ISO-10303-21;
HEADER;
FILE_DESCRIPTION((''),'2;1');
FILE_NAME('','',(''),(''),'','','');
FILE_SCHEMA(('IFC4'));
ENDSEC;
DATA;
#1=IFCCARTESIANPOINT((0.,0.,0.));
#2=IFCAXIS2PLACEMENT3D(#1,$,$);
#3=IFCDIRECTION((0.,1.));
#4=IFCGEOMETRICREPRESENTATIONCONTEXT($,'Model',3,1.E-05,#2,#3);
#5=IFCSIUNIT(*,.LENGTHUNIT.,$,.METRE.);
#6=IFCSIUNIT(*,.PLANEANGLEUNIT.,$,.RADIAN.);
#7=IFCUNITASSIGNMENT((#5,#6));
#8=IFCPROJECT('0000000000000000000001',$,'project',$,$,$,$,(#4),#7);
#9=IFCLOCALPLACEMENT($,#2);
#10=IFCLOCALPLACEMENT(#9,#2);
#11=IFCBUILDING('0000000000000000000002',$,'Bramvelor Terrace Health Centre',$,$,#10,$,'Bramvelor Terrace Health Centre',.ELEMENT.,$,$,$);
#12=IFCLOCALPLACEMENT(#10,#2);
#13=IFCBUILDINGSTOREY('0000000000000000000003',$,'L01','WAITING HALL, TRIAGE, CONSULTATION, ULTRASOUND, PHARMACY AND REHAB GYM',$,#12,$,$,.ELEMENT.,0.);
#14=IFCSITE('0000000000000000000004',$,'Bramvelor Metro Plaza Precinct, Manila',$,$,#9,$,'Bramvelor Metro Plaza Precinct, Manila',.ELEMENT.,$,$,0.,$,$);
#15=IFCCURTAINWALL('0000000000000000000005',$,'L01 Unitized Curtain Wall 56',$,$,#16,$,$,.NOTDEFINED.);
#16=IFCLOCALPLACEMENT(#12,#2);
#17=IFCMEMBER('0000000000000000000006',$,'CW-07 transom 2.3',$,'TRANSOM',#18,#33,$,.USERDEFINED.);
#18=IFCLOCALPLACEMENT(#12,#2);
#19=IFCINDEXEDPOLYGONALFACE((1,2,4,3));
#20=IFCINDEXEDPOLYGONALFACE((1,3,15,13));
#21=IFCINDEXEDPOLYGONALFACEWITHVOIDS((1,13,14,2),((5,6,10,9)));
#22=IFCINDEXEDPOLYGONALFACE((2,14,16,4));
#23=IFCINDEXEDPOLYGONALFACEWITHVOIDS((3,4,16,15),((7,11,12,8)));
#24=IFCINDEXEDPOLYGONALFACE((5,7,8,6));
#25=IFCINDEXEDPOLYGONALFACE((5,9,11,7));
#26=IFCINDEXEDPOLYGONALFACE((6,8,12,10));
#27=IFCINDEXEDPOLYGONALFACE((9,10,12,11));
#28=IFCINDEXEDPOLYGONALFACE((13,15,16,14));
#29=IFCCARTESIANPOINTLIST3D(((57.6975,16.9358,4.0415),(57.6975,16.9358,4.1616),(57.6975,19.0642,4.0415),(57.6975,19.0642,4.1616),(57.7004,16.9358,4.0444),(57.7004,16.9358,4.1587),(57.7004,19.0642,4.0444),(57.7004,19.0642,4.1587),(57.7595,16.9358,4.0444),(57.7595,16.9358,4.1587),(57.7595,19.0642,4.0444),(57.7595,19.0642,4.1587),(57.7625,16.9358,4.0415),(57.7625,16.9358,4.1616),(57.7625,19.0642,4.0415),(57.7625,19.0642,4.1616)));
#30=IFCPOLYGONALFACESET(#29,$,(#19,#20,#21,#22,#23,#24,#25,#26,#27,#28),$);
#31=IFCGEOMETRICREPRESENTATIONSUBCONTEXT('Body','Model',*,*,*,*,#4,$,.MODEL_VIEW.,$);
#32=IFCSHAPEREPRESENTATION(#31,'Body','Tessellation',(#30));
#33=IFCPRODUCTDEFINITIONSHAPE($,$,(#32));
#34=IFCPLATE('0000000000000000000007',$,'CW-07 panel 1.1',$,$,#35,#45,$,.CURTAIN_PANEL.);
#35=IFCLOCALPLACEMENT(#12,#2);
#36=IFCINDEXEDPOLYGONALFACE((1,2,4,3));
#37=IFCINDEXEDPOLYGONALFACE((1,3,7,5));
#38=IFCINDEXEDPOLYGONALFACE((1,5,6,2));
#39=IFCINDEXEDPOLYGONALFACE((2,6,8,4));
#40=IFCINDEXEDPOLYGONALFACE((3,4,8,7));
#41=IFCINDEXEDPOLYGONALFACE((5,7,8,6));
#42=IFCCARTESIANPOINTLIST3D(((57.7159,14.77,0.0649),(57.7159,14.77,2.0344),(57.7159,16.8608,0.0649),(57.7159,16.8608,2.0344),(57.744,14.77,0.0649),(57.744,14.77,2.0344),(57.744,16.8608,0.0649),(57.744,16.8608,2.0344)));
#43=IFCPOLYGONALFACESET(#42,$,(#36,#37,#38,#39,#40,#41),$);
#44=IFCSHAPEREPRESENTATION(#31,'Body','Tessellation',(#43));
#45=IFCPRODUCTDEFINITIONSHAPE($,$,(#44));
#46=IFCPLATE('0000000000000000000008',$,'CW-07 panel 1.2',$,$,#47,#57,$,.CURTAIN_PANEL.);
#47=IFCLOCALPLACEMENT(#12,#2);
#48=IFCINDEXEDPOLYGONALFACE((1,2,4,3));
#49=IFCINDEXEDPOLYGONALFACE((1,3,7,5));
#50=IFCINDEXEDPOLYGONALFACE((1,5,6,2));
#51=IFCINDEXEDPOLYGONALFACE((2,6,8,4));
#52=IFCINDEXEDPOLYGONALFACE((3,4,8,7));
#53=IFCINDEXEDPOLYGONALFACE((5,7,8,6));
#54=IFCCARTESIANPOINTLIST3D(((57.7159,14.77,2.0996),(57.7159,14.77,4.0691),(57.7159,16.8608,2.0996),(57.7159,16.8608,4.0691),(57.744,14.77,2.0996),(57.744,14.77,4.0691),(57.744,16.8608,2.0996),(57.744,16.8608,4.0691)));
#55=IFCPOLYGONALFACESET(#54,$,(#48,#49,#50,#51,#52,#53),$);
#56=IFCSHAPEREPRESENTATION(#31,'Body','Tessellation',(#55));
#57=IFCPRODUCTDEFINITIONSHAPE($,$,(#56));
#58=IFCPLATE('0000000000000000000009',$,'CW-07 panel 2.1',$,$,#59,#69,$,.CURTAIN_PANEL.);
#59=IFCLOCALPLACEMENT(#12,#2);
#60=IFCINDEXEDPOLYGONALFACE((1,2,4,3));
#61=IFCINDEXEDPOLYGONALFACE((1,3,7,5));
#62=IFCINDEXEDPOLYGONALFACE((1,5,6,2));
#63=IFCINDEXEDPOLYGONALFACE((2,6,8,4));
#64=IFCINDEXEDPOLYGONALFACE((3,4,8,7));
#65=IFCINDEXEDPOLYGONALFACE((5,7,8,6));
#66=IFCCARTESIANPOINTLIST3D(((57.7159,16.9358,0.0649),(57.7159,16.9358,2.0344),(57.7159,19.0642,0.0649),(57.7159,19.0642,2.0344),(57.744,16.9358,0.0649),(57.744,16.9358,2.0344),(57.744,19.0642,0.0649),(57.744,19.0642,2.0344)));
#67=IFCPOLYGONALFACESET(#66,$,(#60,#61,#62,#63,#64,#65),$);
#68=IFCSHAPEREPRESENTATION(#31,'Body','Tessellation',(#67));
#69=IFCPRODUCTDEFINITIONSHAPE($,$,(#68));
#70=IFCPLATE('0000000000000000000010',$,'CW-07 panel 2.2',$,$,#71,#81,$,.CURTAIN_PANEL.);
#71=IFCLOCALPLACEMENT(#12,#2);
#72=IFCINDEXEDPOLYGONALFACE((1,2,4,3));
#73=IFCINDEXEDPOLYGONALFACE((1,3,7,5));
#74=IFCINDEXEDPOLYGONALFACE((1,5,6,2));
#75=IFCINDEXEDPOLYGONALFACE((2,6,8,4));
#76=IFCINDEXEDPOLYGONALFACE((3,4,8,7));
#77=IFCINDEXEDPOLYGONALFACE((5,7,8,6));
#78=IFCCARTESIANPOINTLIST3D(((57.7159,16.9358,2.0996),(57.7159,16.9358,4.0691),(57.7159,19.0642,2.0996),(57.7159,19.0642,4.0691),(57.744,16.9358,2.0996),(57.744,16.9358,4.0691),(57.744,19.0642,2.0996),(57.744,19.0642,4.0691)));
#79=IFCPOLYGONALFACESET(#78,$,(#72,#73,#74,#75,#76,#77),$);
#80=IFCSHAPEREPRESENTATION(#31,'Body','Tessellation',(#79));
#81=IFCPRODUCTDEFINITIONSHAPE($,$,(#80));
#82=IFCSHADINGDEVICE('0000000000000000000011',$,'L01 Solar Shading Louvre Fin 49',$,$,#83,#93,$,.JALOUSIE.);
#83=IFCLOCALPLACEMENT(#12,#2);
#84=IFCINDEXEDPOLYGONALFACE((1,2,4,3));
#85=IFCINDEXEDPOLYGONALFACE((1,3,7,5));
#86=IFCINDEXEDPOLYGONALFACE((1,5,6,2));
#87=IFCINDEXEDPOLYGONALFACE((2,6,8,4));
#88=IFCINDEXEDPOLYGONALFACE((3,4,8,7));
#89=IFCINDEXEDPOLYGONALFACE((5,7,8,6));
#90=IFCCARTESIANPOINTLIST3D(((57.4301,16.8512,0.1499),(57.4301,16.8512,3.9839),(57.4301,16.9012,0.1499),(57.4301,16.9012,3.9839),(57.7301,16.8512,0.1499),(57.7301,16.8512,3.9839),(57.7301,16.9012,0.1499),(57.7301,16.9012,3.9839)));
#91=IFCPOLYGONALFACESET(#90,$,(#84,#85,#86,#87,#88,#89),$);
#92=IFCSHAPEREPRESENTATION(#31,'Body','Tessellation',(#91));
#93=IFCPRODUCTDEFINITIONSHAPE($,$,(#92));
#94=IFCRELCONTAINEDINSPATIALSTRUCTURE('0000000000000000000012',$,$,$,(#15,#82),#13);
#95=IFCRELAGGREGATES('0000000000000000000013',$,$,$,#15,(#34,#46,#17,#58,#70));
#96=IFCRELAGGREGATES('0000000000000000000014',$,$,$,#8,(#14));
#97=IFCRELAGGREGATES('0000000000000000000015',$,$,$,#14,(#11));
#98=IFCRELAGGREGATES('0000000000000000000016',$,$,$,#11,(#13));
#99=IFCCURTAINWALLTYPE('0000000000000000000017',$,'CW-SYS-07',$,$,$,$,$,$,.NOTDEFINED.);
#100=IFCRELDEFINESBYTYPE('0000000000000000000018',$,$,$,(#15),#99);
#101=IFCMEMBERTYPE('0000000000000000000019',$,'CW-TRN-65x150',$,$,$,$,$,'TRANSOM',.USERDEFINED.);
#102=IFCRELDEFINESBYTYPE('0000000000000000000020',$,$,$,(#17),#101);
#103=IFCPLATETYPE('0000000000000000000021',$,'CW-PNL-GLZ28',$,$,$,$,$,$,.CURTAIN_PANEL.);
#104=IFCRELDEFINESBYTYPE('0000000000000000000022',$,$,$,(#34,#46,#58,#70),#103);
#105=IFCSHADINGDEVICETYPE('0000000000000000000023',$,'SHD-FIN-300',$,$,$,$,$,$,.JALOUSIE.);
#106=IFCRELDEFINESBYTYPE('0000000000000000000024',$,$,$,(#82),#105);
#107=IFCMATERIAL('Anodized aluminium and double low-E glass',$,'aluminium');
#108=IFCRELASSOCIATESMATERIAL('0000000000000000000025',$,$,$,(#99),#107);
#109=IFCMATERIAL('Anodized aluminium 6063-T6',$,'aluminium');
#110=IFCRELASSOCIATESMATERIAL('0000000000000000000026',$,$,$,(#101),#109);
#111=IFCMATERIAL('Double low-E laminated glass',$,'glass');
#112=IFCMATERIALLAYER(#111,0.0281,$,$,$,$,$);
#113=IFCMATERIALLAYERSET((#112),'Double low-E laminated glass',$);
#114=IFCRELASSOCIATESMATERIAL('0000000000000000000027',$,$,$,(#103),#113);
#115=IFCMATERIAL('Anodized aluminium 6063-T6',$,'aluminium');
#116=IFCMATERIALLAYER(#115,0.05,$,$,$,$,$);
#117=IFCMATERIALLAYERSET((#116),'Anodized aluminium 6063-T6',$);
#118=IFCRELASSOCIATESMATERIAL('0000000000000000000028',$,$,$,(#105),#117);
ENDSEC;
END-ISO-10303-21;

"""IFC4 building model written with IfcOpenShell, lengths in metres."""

from ifc_helpers import new_model, si_unit, direction, frame, origin, origin_2d, place, context, subcontext, project, spatial, rectangle, hollow_rectangle, extrude, material, layer, layer_set, material_profile, profile_set, type_object, element, aggregate, save


model = new_model("IFC4")

# Units and contexts
model_context = context("Model", 3, precision=1e-05, world=origin(), true_north=direction((0.0, 1.0)))
body_context = subcontext(model_context, "Body", "Model", "MODEL_VIEW")
ifc_project = project(units=[si_unit("LENGTHUNIT", "METRE"), si_unit("PLANEANGLEUNIT", "RADIAN")], contexts=[model_context])

# Site, building, storey
site_placement = place(None, origin())
site = spatial("IfcSite", under=ifc_project, at=site_placement, Name="Bramvelor Metro Plaza Precinct, Manila", LongName="Bramvelor Metro Plaza Precinct, Manila", CompositionType="ELEMENT", RefElevation=0.0)
building_placement = place(site_placement, origin())
building = spatial("IfcBuilding", under=site, at=building_placement, Name="Bramvelor Terrace Health Centre", LongName="Bramvelor Terrace Health Centre", CompositionType="ELEMENT")
storey_placement = place(building_placement, origin())
storey = spatial("IfcBuildingStorey", under=building, at=storey_placement, Name="L01", Description="WAITING HALL, TRIAGE, CONSULTATION, ULTRASOUND, PHARMACY AND REHAB GYM", CompositionType="ELEMENT", Elevation=0.0)

# Curtain wall, member, plates
ifc_material_1 = material(Name="Anodized aluminium and double low-E glass", Category="aluminium")
curtain_wall_type = type_object("IfcCurtainWallType", Name="CW-SYS-07", PredefinedType="NOTDEFINED", material=ifc_material_1)
curtain_wall_placement = place(storey_placement, origin())
curtain_wall = element("IfcCurtainWall", 1, at=curtain_wall_placement, inside=storey, type_object=curtain_wall_type, Name="L01 Unitized Curtain Wall 56", PredefinedType="NOTDEFINED")
ifc_material_2 = material(Name="Anodized aluminium 6063-T6", Category="aluminium")
ifc_material_profile_1 = material_profile(ifc_material_2, hollow_rectangle(XDim=0.0649, YDim=0.1201, WallThickness=0.0029, at=origin_2d()), Name="ALU-TRN 65x120x3.0")
ifc_profile_set_1 = profile_set([ifc_material_profile_1], Name="Anodized aluminium 6063-T6")
member_type_1 = type_object("IfcMemberType", Name="CW-TRN-65x150", ElementType="TRANSOM", PredefinedType="USERDEFINED", material=ifc_profile_set_1)
member_1_placement = place(storey_placement, frame((57.73, 16.9358, 4.1016), z_axis=(0.0, 1.0, 0.0), x_axis=(-1.0, 0.0, 0.0)))
member_1 = element("IfcMember", 2, at=member_1_placement, type_object=member_type_1, Name="CW-07 transom 2.3", ObjectType="TRANSOM", PredefinedType="USERDEFINED", context=body_context, shape_type="SweptSolid", body=[
    extrude(hollow_rectangle(XDim=0.0649, YDim=0.1201, WallThickness=0.0029, at=origin_2d()), origin(), (0.0, 0.0, 1.0), 2.1284),
])
ifc_material_3 = material(Name="Double low-E laminated glass", Category="glass")
ifc_layer_1 = layer(ifc_material_3, 0.0281)
ifc_layer_set_1 = layer_set([ifc_layer_1], Name="Double low-E laminated glass")
plate_type = type_object("IfcPlateType", Name="CW-PNL-GLZ28", PredefinedType="CURTAIN_PANEL", material=ifc_layer_set_1)
plate_1_placement = place(storey_placement, frame((57.73, 15.8154, 0.0649), z_axis=(0.0, 0.0, 1.0), x_axis=(0.0, 1.0, 0.0)))
plate_1 = element("IfcPlate", 3, at=plate_1_placement, type_object=plate_type, Name="CW-07 panel 1.1", PredefinedType="CURTAIN_PANEL", context=body_context, shape_type="SweptSolid", body=[
    extrude(rectangle(XDim=2.0908, YDim=0.0281, at=origin_2d()), origin(), (0.0, 0.0, 1.0), 1.9695),
])
plate_2_placement = place(storey_placement, frame((57.73, 15.8154, 2.0996), z_axis=(0.0, 0.0, 1.0), x_axis=(0.0, 1.0, 0.0)))
plate_2 = element("IfcPlate", 4, at=plate_2_placement, type_object=plate_type, Name="CW-07 panel 1.2", PredefinedType="CURTAIN_PANEL", context=body_context, shape_type="SweptSolid", body=[
    extrude(rectangle(XDim=2.0908, YDim=0.0281, at=origin_2d()), origin(), (0.0, 0.0, 1.0), 1.9695),
])
plate_3_placement = place(storey_placement, frame((57.73, 18.0, 0.0649), z_axis=(0.0, 0.0, 1.0), x_axis=(0.0, 1.0, 0.0)))
plate_3 = element("IfcPlate", 5, at=plate_3_placement, type_object=plate_type, Name="CW-07 panel 2.1", PredefinedType="CURTAIN_PANEL", context=body_context, shape_type="SweptSolid", body=[
    extrude(rectangle(XDim=2.1284, YDim=0.0281, at=origin_2d()), origin(), (0.0, 0.0, 1.0), 1.9695),
])
plate_4_placement = place(storey_placement, frame((57.73, 18.0, 2.0996), z_axis=(0.0, 0.0, 1.0), x_axis=(0.0, 1.0, 0.0)))
plate_4 = element("IfcPlate", 6, at=plate_4_placement, type_object=plate_type, Name="CW-07 panel 2.2", PredefinedType="CURTAIN_PANEL", context=body_context, shape_type="SweptSolid", body=[
    extrude(rectangle(XDim=2.1284, YDim=0.0281, at=origin_2d()), origin(), (0.0, 0.0, 1.0), 1.9695),
])
aggregate(curtain_wall, [plate_1, plate_2, member_1, plate_3, plate_4])

# Shading device
ifc_material_4 = material(Name="Anodized aluminium 6063-T6", Category="aluminium")
ifc_layer_2 = layer(ifc_material_4, 0.05)
ifc_layer_set_2 = layer_set([ifc_layer_2], Name="Anodized aluminium 6063-T6")
shading_device_type = type_object("IfcShadingDeviceType", Name="SHD-FIN-300", PredefinedType="JALOUSIE", material=ifc_layer_set_2)
shading_device_placement = place(storey_placement, frame((57.5801, 16.8762, 0.1499), z_axis=(0.0, 0.0, 1.0), x_axis=(1.0, 0.0, 0.0)))
element("IfcShadingDevice", 7, at=shading_device_placement, inside=storey, type_object=shading_device_type, Name="L01 Solar Shading Louvre Fin 49", PredefinedType="JALOUSIE", context=body_context, shape_type="SweptSolid", body=[
    extrude(rectangle(XDim=0.3, YDim=0.05, at=origin_2d()), origin(), (0.0, 0.0, 1.0), 3.834),
])

save(model, "model.ifc")
